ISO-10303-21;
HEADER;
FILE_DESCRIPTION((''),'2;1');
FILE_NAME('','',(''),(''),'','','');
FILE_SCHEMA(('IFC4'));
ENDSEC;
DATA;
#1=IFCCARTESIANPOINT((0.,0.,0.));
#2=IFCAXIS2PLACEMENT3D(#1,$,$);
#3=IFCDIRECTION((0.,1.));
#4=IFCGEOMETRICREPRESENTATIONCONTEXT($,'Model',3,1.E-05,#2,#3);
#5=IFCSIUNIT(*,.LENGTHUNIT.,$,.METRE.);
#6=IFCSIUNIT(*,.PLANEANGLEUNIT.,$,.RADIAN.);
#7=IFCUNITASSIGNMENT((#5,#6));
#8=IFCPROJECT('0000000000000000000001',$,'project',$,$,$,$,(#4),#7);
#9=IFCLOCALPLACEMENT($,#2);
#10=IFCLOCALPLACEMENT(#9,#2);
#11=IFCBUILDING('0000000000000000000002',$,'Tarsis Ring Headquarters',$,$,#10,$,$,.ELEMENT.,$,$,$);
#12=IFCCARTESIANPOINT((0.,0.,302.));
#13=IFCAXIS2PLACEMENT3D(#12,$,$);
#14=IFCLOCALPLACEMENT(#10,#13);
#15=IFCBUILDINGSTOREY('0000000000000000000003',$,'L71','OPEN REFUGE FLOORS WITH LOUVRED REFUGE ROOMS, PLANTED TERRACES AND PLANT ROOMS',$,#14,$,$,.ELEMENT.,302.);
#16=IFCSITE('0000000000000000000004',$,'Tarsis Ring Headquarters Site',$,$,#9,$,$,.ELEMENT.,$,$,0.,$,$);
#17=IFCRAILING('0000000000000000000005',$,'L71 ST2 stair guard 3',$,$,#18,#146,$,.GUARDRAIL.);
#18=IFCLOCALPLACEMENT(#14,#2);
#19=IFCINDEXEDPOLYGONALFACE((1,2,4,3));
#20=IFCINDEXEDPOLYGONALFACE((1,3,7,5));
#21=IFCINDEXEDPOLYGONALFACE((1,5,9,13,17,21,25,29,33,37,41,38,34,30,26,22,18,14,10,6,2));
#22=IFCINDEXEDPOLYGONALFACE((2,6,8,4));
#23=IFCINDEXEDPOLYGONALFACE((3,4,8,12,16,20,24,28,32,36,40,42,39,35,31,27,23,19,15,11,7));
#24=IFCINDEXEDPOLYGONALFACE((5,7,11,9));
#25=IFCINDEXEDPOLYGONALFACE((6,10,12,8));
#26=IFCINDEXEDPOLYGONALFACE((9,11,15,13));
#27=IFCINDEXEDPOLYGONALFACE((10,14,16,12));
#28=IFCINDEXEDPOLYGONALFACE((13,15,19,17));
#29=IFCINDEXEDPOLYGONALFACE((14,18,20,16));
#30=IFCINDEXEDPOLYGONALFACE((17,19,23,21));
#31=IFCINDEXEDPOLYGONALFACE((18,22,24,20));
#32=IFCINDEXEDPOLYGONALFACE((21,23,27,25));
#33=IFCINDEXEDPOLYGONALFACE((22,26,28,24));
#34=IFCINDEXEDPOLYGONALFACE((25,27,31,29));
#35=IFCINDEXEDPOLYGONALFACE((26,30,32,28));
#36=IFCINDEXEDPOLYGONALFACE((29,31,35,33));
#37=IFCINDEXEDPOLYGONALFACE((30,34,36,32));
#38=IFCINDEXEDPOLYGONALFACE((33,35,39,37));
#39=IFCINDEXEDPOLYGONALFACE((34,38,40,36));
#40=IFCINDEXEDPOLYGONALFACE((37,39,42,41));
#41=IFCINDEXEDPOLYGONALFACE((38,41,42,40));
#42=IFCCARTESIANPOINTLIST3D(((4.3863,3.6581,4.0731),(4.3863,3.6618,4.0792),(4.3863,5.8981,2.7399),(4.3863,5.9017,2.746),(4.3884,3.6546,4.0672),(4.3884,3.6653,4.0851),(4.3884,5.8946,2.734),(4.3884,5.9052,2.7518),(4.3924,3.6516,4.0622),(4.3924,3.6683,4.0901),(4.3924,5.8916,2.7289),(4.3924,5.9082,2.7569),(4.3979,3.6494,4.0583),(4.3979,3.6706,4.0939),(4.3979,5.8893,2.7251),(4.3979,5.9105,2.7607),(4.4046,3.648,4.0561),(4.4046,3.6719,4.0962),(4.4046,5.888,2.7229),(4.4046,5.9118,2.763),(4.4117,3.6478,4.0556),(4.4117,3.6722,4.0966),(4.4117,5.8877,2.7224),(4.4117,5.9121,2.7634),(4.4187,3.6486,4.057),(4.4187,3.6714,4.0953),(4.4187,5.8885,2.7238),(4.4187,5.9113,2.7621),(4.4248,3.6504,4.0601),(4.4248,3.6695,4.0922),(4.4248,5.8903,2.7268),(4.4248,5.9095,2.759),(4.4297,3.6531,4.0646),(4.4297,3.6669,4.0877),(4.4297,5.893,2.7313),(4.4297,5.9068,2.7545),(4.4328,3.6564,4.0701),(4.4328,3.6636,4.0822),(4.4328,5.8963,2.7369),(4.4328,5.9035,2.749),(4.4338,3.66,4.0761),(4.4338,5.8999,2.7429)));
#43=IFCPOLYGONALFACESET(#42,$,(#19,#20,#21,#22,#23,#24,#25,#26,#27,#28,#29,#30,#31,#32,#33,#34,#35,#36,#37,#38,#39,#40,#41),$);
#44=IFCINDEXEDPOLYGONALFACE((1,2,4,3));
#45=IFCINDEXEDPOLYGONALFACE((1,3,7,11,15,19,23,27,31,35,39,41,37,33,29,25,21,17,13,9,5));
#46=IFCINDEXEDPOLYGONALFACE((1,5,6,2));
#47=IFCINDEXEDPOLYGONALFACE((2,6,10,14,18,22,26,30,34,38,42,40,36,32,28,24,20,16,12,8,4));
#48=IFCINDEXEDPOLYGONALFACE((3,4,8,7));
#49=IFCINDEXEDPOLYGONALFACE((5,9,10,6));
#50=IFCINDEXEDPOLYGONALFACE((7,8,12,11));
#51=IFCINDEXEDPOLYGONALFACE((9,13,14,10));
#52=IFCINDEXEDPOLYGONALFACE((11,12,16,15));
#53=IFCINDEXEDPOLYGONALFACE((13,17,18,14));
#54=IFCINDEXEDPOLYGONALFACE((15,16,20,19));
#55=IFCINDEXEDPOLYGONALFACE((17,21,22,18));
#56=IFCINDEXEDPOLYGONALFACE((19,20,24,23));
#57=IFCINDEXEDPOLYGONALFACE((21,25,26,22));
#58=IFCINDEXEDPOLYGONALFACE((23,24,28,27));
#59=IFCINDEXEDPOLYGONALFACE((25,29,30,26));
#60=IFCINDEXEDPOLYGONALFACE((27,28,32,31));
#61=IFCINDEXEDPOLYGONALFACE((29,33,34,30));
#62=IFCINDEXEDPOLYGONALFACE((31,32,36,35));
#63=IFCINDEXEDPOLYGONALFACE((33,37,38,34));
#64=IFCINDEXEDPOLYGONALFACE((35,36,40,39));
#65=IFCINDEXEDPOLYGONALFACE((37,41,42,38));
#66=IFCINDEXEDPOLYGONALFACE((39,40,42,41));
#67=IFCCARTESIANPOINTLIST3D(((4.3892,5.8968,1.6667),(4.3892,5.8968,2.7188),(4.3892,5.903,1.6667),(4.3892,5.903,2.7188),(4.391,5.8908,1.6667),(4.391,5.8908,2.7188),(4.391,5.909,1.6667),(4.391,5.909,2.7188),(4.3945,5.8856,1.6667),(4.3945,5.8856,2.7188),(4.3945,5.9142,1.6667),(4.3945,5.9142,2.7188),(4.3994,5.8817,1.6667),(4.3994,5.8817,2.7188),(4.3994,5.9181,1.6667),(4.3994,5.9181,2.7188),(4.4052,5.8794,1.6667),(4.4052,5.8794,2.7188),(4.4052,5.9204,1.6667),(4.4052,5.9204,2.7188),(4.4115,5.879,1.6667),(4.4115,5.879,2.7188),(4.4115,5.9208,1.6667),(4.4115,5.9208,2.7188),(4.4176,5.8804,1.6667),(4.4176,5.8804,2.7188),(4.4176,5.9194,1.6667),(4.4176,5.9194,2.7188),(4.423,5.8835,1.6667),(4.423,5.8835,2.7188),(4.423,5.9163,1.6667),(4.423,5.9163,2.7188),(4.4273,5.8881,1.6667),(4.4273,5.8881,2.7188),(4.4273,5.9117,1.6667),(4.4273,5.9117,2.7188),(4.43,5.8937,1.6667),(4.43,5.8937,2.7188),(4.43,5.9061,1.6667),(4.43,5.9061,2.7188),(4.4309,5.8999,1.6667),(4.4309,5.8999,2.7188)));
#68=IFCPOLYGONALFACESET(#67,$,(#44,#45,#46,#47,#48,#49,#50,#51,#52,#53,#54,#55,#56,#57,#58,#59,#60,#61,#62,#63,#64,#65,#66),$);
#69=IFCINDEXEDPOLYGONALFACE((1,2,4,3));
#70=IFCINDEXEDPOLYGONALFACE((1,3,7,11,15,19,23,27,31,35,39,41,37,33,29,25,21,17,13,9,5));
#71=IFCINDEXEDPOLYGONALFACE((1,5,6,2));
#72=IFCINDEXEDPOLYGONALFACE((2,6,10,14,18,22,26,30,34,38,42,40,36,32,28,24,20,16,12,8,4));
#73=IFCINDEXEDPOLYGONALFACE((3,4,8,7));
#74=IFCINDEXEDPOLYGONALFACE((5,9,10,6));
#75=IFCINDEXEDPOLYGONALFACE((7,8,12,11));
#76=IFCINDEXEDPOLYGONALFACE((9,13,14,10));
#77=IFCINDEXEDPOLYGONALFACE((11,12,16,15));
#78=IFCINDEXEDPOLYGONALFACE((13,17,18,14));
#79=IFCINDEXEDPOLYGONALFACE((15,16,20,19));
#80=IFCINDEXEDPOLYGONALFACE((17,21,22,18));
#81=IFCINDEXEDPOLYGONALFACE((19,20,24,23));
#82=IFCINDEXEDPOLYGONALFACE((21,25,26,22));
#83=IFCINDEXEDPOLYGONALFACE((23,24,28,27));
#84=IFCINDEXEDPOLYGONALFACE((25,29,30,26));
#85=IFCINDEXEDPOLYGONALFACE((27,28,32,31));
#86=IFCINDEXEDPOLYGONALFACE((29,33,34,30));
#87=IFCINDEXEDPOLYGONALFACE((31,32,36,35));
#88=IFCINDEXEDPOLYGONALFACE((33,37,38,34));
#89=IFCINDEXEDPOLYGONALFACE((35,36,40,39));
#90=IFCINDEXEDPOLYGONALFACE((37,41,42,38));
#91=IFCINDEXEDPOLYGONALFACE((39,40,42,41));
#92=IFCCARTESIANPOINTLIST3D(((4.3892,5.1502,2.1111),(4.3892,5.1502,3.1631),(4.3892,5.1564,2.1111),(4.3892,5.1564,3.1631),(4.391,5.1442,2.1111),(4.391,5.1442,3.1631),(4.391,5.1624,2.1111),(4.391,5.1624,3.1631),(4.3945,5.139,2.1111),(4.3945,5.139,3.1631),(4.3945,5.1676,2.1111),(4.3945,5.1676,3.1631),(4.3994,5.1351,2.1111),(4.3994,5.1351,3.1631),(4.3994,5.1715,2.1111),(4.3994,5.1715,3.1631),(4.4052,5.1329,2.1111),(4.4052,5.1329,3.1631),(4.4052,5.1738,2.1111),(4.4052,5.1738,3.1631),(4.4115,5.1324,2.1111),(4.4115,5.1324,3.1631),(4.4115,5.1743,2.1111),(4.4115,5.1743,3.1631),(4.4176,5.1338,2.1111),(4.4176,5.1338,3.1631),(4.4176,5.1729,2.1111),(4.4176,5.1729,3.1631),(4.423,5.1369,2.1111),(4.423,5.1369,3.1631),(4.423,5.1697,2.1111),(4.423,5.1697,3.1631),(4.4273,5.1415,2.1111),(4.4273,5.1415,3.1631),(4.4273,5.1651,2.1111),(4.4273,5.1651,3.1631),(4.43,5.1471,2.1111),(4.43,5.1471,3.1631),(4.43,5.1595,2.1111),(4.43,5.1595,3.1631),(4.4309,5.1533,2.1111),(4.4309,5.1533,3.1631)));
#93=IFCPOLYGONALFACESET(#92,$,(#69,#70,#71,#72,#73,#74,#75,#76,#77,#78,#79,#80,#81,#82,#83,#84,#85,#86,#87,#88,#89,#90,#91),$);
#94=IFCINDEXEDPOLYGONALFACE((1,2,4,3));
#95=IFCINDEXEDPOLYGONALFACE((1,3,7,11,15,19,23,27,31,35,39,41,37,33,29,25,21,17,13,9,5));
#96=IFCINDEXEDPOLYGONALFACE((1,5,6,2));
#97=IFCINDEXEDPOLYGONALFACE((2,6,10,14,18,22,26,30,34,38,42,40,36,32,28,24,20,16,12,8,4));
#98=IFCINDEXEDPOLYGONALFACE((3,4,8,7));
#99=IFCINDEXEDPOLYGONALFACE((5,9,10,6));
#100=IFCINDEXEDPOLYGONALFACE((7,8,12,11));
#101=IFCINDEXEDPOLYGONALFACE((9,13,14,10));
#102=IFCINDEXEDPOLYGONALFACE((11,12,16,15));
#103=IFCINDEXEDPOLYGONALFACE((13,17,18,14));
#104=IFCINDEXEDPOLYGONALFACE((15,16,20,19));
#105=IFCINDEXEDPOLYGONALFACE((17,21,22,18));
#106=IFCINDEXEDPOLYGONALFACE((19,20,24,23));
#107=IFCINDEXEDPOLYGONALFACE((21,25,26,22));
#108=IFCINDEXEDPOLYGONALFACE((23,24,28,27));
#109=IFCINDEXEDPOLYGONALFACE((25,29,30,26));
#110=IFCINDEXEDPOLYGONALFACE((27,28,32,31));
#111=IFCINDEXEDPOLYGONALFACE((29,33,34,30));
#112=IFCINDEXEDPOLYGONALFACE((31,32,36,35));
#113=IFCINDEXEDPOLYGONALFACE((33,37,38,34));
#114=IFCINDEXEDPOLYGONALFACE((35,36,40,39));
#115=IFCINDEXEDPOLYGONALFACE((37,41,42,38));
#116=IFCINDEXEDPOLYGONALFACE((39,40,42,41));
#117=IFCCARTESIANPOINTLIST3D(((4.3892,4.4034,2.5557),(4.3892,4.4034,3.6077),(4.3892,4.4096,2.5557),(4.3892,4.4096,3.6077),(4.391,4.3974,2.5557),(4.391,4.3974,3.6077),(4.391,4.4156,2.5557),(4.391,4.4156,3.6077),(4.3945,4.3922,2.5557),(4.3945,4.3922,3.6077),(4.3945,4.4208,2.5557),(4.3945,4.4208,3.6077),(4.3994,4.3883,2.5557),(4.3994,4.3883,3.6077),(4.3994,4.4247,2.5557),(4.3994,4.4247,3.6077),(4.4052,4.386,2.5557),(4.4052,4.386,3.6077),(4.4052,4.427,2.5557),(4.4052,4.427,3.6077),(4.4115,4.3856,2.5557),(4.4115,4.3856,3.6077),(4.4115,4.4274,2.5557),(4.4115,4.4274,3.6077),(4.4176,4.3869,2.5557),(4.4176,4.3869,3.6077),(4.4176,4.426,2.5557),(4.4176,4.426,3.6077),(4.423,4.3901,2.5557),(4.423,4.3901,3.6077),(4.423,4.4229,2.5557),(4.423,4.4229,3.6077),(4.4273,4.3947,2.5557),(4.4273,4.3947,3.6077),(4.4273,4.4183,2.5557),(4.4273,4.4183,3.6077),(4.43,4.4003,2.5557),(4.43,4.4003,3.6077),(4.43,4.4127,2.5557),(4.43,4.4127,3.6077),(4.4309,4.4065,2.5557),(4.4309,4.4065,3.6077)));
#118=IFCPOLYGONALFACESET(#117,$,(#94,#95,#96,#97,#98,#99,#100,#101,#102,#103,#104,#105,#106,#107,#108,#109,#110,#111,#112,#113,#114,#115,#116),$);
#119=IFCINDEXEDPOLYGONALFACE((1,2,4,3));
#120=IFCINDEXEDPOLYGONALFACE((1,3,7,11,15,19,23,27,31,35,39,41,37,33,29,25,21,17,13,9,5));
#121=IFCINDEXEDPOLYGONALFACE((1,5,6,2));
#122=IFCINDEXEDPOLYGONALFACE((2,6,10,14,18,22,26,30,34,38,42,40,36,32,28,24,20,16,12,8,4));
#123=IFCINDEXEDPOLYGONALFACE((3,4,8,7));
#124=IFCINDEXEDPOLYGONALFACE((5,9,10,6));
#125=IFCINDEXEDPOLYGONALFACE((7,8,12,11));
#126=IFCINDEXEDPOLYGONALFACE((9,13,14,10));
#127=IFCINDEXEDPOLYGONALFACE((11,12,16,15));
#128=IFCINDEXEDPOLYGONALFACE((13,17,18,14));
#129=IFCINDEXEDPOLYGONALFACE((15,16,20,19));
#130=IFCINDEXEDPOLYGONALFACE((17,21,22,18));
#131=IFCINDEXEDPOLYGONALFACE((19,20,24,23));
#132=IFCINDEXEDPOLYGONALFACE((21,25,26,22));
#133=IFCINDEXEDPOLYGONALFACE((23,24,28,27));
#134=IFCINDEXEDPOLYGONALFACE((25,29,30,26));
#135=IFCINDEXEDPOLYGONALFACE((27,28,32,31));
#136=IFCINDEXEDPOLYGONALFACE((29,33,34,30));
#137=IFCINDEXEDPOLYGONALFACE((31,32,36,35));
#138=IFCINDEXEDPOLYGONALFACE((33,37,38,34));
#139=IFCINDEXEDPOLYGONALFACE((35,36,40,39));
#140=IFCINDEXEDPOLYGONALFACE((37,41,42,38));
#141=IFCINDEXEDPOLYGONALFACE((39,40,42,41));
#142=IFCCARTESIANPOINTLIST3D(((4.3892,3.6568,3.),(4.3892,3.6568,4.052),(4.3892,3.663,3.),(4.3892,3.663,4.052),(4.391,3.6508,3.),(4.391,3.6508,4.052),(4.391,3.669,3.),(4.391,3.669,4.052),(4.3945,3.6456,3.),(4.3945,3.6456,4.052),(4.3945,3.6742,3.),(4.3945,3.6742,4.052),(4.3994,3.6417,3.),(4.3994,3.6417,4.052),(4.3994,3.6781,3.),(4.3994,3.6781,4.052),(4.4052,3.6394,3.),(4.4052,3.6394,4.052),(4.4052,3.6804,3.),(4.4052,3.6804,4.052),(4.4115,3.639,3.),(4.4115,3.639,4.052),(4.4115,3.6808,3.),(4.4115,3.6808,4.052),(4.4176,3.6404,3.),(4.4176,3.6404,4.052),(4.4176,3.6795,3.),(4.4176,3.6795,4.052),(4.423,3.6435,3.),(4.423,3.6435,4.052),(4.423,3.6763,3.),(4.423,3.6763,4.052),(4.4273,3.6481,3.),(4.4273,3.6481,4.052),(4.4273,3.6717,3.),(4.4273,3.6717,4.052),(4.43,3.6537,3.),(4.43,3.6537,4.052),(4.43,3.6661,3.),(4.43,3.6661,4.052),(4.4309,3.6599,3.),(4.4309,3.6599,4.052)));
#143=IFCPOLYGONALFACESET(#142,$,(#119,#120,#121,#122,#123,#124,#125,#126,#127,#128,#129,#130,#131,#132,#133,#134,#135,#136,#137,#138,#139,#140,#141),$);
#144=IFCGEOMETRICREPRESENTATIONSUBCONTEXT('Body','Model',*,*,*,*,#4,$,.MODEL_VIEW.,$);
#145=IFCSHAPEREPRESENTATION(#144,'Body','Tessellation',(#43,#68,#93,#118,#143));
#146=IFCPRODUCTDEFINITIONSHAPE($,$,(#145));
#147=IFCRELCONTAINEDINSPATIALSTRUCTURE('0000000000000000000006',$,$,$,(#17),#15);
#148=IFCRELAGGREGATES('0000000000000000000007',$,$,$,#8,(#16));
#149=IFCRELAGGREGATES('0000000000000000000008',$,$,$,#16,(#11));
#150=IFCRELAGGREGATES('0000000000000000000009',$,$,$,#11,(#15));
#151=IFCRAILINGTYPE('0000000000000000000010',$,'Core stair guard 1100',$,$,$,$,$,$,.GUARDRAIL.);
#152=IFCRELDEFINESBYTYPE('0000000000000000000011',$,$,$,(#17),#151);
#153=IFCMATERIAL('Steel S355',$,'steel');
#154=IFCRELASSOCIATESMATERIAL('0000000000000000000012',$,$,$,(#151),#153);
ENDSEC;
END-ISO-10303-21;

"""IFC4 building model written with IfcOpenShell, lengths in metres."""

from ifc_helpers import new_model, si_unit, direction, frame, origin, origin_2d, place, context, subcontext, project, spatial, circle, extrude, material, type_object, element, save


model = new_model("IFC4")

# Units and contexts
model_context = context("Model", 3, precision=1e-05, world=origin(), true_north=direction((0.0, 1.0)))
body_context = subcontext(model_context, "Body", "Model", "MODEL_VIEW")
ifc_project = project(units=[si_unit("LENGTHUNIT", "METRE"), si_unit("PLANEANGLEUNIT", "RADIAN")], contexts=[model_context])

# Site, building, storey
site_placement = place(None, origin())
site = spatial("IfcSite", under=ifc_project, at=site_placement, Name="Tarsis Ring Headquarters Site", CompositionType="ELEMENT", RefElevation=0.0)
building_placement = place(site_placement, origin())
building = spatial("IfcBuilding", under=site, at=building_placement, Name="Tarsis Ring Headquarters", CompositionType="ELEMENT")
storey_placement = place(building_placement, frame((0.0, 0.0, 302.0)))
storey = spatial("IfcBuildingStorey", under=building, at=storey_placement, Name="L71", Description="OPEN REFUGE FLOORS WITH LOUVRED REFUGE ROOMS, PLANTED TERRACES AND PLANT ROOMS", CompositionType="ELEMENT", Elevation=302.0)

# Railing
ifc_material_1 = material(Name="Steel S355", Category="steel")
railing_type_1 = type_object("IfcRailingType", Name="Core stair guard 1100", PredefinedType="GUARDRAIL", material=ifc_material_1)
railing_1_placement = place(storey_placement, frame((4.4099, 5.8999, 1.6667)))
element("IfcRailing", 1, at=railing_1_placement, inside=storey, type_object=railing_type_1, Name="L71 ST2 stair guard 3", PredefinedType="GUARDRAIL", context=body_context, shape_type="SweptSolid", body=[
    extrude(circle(Radius=0.0239, at=origin_2d()), frame((0.0, 0.0, 1.0762), z_axis=(0.0, -0.859306, 0.511462), x_axis=(1.0, 0.0, 0.0)), (0.0, 0.0, 1.0), 2.6067),
    extrude(circle(Radius=0.021, at=origin_2d()), origin(), (0.0, 0.0, 1.0), 1.052),
    extrude(circle(Radius=0.021, at=origin_2d()), frame((0.0, -0.7466, 0.4443)), (0.0, 0.0, 1.0), 1.052),
    extrude(circle(Radius=0.021, at=origin_2d()), frame((0.0, -1.4934, 0.8889)), (0.0, 0.0, 1.0), 1.052),
    extrude(circle(Radius=0.021, at=origin_2d()), frame((0.0, -2.24, 1.3333)), (0.0, 0.0, 1.0), 1.052),
])

save(model, "model.ifc")
